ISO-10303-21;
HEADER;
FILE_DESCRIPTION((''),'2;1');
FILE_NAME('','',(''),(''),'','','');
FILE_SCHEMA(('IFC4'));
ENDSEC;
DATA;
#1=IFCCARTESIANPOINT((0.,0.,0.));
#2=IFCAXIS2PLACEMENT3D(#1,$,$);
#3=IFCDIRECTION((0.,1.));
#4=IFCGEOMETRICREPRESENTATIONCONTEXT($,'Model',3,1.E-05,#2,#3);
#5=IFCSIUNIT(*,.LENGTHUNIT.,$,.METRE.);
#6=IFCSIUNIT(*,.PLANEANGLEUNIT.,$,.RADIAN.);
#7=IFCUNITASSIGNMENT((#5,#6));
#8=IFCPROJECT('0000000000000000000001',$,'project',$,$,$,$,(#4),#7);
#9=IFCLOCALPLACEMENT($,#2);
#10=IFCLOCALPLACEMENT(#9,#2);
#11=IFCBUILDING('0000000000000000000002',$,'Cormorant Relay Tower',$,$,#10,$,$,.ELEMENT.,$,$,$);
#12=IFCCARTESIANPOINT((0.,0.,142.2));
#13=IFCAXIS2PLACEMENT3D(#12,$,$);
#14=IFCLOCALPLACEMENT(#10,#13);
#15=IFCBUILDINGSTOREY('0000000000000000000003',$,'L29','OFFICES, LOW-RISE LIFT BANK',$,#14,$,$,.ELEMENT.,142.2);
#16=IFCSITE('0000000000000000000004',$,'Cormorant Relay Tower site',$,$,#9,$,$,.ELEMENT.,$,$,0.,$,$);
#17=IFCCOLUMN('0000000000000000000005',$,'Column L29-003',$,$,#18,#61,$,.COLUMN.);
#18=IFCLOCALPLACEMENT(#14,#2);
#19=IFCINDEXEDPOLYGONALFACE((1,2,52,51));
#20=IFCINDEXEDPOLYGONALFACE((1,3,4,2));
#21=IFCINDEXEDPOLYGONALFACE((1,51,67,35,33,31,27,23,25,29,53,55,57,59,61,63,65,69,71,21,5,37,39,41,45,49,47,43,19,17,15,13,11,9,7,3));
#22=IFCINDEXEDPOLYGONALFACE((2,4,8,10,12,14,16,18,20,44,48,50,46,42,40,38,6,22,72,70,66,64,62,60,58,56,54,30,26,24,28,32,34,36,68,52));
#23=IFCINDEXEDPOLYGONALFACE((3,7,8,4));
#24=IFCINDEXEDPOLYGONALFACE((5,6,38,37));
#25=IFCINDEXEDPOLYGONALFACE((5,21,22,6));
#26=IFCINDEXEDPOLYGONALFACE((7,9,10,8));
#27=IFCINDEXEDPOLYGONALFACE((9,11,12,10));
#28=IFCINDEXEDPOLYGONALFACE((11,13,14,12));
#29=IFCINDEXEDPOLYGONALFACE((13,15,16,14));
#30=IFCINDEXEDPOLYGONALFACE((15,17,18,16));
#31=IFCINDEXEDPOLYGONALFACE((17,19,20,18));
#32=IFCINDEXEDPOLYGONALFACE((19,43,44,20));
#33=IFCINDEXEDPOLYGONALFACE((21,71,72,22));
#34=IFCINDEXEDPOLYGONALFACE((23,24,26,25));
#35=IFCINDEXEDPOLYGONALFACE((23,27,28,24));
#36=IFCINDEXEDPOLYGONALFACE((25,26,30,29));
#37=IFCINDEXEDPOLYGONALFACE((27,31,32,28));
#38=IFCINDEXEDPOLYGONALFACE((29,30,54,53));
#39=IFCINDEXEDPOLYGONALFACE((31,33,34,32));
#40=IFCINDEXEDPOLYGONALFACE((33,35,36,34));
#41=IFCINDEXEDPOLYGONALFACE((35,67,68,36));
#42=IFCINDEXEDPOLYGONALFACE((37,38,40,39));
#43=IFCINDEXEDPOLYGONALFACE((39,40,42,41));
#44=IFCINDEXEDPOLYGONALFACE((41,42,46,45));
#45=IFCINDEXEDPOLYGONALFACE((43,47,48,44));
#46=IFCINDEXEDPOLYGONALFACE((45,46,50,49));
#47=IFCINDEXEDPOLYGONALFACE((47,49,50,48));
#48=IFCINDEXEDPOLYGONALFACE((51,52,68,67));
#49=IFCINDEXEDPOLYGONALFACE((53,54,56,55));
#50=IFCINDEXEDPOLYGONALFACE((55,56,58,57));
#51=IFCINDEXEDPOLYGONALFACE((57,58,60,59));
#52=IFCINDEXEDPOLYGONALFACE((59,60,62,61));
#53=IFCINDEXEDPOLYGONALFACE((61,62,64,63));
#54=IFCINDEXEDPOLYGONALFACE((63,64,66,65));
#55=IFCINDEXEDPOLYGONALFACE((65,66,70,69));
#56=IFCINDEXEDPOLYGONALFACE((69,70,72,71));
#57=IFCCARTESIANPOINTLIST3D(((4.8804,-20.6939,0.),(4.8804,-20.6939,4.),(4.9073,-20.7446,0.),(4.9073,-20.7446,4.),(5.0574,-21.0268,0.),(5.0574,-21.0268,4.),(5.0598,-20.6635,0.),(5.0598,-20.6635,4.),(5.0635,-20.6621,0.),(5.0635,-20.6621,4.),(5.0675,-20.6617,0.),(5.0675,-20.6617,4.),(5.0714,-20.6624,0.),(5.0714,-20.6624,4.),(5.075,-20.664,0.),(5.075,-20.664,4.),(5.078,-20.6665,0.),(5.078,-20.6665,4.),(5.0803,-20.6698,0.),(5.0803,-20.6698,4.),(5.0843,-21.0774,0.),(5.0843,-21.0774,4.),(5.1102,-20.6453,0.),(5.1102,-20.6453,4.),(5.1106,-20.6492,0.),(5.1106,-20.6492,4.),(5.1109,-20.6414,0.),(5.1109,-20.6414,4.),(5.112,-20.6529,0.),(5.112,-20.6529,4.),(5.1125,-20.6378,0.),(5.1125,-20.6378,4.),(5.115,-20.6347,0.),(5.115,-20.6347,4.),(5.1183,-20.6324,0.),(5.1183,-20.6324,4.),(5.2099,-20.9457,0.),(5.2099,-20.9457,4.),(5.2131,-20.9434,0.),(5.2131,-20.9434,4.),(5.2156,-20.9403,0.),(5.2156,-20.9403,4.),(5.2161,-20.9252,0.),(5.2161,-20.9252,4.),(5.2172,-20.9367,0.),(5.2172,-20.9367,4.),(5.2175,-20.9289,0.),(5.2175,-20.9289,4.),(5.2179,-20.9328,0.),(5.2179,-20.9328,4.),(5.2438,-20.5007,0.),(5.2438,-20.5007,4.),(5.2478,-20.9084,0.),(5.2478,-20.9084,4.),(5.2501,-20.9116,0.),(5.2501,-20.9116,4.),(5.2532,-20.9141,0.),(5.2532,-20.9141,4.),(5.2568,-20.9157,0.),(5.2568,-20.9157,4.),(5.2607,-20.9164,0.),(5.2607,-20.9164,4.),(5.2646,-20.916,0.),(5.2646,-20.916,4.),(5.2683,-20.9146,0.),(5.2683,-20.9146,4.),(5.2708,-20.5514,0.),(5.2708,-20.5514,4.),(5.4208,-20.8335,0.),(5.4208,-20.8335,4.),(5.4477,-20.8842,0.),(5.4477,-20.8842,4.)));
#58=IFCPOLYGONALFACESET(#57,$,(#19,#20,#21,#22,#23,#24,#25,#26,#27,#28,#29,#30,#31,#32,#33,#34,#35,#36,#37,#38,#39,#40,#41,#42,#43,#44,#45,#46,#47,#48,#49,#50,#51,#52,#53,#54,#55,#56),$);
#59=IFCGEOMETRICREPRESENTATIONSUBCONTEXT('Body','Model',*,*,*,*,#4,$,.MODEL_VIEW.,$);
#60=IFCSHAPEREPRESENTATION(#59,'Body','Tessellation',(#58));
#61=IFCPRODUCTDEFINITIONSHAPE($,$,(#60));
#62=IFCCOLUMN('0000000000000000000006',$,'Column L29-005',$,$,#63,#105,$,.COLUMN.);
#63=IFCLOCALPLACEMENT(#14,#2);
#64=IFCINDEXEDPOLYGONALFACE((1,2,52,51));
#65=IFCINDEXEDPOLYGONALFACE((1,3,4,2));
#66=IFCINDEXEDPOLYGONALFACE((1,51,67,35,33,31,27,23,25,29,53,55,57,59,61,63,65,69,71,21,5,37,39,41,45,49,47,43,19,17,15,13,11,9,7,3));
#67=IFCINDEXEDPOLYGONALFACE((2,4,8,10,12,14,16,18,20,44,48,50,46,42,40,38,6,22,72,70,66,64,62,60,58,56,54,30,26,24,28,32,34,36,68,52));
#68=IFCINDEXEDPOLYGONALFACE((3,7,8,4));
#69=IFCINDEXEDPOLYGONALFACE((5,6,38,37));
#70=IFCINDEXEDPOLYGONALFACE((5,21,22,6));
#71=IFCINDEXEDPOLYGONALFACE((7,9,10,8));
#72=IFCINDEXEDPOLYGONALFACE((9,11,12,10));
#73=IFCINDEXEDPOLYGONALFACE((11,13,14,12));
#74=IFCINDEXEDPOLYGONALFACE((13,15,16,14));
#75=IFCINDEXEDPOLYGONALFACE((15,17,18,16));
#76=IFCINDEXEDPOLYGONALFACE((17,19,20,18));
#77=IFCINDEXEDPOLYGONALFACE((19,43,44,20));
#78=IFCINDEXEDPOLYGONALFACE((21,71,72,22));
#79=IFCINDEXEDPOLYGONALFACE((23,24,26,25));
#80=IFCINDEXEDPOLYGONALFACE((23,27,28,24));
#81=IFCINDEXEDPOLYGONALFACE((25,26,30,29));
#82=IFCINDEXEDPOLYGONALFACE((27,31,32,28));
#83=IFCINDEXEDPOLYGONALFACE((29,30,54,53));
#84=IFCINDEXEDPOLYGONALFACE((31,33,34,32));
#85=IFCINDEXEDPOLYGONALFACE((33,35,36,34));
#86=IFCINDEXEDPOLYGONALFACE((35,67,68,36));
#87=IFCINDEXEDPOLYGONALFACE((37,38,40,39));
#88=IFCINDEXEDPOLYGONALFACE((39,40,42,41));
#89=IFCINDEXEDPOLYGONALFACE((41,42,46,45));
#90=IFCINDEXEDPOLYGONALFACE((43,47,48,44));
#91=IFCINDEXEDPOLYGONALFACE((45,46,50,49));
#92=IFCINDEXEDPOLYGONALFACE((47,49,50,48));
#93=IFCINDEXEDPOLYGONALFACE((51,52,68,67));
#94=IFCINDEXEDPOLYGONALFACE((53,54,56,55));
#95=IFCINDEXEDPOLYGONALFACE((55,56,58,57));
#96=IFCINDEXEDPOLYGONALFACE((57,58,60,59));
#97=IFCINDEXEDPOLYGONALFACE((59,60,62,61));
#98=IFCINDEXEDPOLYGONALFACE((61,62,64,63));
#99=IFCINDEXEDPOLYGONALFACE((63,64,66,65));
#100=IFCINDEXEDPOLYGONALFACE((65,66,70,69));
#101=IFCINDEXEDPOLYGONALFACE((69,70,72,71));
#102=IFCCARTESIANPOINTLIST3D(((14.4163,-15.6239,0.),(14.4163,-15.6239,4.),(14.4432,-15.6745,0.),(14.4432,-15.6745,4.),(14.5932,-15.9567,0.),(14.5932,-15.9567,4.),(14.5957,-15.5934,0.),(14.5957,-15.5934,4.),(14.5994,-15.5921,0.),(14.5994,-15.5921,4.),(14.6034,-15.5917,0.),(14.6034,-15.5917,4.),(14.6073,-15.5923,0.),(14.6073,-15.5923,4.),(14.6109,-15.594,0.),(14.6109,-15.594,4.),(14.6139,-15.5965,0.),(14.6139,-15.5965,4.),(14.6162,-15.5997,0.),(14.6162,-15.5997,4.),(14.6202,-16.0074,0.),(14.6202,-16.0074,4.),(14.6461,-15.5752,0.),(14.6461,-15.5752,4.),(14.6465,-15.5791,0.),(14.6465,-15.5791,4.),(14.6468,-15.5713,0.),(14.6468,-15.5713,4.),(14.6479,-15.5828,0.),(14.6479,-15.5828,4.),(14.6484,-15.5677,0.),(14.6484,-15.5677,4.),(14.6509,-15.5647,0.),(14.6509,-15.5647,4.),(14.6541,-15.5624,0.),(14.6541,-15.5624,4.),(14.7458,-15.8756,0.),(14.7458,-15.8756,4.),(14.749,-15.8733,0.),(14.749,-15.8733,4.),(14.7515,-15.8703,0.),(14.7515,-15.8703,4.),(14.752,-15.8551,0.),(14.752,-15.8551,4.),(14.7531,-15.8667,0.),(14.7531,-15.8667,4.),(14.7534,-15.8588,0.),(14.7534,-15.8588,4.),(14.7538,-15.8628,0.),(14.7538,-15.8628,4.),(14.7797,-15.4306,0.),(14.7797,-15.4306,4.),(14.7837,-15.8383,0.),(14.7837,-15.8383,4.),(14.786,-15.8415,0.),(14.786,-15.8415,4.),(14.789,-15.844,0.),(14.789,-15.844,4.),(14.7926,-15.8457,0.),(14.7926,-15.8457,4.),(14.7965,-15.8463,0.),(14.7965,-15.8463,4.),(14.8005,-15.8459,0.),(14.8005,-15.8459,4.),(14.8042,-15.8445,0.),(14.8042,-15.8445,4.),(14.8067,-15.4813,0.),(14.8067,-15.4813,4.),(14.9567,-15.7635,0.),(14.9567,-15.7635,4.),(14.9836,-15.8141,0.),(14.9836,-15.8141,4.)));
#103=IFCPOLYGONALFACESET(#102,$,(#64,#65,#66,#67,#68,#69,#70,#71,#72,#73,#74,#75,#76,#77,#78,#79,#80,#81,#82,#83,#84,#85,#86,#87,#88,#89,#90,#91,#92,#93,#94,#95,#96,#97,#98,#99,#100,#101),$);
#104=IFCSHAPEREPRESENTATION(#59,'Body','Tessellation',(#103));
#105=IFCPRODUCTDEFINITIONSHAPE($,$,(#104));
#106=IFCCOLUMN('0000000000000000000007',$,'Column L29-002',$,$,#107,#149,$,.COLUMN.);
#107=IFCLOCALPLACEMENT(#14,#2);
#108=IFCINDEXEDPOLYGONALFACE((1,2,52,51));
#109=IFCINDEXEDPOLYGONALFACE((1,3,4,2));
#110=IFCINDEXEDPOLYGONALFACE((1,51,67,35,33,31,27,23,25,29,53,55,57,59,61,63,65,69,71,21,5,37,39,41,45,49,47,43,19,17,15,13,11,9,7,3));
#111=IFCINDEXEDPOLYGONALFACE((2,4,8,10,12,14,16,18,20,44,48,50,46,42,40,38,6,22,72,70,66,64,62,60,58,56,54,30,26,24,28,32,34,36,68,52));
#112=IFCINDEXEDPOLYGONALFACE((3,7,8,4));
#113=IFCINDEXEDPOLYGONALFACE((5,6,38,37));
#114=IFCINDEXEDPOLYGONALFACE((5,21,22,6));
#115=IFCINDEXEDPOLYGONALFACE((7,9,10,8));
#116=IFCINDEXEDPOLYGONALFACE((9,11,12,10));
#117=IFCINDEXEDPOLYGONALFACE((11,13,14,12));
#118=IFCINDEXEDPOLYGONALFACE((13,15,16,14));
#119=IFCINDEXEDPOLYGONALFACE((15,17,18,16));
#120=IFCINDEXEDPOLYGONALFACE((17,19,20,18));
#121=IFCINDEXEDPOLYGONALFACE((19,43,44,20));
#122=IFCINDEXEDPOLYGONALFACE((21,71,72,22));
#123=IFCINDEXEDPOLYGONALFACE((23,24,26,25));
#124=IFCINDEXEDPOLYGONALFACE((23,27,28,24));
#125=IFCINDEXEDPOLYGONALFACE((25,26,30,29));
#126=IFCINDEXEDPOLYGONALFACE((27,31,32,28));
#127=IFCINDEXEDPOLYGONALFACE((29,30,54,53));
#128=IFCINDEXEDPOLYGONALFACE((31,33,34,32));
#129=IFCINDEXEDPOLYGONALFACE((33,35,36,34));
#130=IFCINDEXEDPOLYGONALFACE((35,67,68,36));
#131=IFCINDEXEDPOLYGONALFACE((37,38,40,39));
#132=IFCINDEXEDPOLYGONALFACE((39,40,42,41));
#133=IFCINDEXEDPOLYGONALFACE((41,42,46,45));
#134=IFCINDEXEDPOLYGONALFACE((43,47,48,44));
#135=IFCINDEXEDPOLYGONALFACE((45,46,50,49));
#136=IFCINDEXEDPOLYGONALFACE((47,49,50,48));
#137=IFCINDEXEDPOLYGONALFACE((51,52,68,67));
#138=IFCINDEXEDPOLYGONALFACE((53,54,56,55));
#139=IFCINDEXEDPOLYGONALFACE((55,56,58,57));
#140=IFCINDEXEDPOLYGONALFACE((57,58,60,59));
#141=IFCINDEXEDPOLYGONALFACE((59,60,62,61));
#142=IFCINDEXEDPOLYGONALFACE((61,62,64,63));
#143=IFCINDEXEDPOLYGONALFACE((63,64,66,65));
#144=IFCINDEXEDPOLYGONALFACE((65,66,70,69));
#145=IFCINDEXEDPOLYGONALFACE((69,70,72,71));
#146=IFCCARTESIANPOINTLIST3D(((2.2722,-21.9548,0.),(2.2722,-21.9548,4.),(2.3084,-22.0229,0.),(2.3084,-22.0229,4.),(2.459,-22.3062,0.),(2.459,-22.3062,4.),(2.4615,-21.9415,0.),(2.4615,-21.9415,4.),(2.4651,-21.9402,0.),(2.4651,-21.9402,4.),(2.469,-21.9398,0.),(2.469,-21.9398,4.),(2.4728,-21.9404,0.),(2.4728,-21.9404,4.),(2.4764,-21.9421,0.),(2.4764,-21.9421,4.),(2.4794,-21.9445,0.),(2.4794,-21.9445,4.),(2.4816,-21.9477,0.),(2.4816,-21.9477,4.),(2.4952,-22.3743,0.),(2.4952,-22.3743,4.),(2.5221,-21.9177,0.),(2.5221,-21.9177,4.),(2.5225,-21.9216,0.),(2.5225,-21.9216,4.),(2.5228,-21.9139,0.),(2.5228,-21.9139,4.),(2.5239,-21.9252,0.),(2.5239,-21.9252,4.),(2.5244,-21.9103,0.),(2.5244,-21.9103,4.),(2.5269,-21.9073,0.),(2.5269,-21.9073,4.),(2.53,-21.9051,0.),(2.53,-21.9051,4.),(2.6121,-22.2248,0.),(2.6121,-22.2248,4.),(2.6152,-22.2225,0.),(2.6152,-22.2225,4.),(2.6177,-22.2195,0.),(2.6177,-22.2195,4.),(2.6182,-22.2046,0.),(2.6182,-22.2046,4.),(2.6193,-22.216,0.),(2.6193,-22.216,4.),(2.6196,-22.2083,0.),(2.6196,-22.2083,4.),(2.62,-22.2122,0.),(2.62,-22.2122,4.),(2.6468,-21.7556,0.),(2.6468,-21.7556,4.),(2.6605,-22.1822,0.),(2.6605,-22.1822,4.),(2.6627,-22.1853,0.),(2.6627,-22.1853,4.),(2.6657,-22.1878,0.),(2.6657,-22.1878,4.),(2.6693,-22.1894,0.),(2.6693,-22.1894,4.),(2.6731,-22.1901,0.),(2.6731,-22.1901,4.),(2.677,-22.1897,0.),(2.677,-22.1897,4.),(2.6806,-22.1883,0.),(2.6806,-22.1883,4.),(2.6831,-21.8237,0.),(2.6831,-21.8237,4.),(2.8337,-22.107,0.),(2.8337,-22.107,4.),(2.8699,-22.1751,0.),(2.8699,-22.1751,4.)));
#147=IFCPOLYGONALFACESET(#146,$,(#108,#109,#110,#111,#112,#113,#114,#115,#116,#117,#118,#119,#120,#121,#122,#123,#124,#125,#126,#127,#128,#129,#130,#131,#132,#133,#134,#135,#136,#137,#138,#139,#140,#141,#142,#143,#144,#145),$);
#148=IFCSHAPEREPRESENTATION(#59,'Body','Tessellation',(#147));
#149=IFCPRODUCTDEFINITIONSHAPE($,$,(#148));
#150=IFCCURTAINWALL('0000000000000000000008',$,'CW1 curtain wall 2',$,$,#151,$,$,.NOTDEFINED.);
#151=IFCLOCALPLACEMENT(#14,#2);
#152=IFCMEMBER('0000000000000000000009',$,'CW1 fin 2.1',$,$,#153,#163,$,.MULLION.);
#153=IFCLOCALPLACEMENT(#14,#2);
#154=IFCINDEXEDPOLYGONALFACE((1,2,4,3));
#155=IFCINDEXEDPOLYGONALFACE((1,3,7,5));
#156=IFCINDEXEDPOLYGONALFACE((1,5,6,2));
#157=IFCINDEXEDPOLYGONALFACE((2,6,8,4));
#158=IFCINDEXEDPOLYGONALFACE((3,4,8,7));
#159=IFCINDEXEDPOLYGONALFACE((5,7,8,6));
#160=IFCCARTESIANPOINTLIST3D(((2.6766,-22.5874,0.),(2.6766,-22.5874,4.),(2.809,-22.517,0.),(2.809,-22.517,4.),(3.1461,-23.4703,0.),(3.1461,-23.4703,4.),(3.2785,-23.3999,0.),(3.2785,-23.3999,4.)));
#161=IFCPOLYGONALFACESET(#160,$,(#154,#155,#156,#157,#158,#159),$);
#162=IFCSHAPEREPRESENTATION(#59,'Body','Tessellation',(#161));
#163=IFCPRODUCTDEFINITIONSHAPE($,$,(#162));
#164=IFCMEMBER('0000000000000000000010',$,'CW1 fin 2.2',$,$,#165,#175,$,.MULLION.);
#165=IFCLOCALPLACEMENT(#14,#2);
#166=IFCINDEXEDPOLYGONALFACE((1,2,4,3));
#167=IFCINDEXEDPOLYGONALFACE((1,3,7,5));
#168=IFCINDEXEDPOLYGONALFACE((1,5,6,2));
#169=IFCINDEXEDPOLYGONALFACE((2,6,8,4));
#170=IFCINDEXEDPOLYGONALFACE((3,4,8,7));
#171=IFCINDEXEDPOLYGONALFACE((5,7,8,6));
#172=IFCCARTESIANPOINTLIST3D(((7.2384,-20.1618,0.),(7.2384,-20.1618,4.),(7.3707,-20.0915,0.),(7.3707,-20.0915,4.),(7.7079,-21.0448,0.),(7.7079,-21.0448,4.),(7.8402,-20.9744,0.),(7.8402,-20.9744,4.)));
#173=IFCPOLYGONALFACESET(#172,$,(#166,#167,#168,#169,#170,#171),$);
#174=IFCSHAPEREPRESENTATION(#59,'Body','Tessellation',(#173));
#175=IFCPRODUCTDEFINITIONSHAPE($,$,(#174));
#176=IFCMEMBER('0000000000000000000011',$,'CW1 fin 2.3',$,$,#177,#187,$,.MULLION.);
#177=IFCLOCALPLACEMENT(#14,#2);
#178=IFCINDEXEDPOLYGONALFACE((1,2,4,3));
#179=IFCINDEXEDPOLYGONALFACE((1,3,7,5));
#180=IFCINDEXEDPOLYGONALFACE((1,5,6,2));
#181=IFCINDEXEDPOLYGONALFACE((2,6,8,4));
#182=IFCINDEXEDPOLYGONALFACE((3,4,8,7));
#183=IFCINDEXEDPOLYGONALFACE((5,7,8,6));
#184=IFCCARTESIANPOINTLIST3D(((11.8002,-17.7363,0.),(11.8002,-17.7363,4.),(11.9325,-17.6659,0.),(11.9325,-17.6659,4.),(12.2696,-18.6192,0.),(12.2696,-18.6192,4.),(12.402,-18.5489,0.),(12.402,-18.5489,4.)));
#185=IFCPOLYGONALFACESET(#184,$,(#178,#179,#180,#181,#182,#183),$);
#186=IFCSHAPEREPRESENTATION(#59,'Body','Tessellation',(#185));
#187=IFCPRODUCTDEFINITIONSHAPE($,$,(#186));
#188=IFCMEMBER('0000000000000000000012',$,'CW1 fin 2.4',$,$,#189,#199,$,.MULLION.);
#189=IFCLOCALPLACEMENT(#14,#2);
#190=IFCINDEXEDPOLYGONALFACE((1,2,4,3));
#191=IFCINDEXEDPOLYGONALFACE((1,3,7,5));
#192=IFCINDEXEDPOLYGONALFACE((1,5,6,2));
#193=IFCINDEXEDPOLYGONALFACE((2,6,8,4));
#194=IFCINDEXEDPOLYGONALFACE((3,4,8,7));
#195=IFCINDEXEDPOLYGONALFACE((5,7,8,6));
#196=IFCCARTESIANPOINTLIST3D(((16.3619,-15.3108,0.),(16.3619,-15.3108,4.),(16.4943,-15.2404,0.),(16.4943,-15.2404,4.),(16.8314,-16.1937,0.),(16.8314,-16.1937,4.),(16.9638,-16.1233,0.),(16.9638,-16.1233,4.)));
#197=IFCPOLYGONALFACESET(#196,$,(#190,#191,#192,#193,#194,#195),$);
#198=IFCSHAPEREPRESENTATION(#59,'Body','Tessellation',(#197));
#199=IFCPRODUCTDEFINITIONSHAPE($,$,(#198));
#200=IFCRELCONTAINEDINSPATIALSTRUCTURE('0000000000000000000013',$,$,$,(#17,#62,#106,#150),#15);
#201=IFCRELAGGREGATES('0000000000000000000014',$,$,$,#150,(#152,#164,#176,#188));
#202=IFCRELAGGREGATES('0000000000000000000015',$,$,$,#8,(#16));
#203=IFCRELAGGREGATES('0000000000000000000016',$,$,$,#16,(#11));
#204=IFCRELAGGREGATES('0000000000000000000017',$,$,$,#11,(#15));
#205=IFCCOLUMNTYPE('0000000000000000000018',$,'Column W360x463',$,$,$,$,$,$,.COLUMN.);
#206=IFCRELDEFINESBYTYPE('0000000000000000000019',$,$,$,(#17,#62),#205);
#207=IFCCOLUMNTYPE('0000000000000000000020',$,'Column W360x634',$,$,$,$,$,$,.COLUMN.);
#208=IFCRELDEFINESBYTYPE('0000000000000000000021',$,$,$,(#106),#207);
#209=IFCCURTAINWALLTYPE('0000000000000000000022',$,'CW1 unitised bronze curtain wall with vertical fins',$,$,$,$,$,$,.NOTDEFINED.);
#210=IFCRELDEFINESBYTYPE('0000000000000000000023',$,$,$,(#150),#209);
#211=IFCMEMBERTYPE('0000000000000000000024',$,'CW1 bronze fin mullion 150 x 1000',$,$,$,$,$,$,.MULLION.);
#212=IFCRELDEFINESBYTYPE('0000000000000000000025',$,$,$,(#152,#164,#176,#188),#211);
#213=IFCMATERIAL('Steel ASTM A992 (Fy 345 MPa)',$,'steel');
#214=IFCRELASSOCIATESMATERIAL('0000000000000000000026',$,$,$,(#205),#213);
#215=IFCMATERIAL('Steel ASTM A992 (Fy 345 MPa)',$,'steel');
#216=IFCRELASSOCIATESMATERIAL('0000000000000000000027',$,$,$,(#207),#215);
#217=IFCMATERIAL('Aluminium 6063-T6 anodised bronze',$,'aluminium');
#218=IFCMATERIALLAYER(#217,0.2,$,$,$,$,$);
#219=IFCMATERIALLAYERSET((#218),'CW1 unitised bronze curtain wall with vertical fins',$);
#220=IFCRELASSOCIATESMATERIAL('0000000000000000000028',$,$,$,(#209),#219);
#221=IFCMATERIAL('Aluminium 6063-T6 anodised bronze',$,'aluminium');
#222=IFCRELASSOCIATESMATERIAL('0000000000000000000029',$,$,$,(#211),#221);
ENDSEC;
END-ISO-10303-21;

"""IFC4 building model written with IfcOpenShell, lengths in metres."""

from ifc_helpers import new_model, si_unit, direction, frame, origin, origin_2d, place, context, subcontext, project, spatial, rectangle, i_section, extrude, material, layer, layer_set, material_profile, profile_set, type_object, element, aggregate, save


model = new_model("IFC4")

# Units and contexts
model_context = context("Model", 3, precision=1e-05, world=origin(), true_north=direction((0.0, 1.0)))
body_context = subcontext(model_context, "Body", "Model", "MODEL_VIEW")
ifc_project = project(units=[si_unit("LENGTHUNIT", "METRE"), si_unit("PLANEANGLEUNIT", "RADIAN")], contexts=[model_context])

# Site, building, storey
site_placement = place(None, origin())
site = spatial("IfcSite", under=ifc_project, at=site_placement, Name="Cormorant Relay Tower site", CompositionType="ELEMENT", RefElevation=0.0)
building_placement = place(site_placement, origin())
building = spatial("IfcBuilding", under=site, at=building_placement, Name="Cormorant Relay Tower", CompositionType="ELEMENT")
storey_placement = place(building_placement, frame((0.0, 0.0, 142.2)))
storey = spatial("IfcBuildingStorey", under=building, at=storey_placement, Name="L29", Description="OFFICES, LOW-RISE LIFT BANK", CompositionType="ELEMENT", Elevation=142.2)

# Columns
ifc_material_1 = material(Name="Steel ASTM A992 (Fy 345 MPa)", Category="steel")
ifc_material_profile_1 = material_profile(ifc_material_1, i_section(OverallWidth=0.4116, OverallDepth=0.4343, WebThickness=0.0359, FlangeThickness=0.0574, FilletRadius=0.0151, at=origin_2d()), Name="W360x463")
ifc_profile_set_1 = profile_set([ifc_material_profile_1], Name="Steel ASTM A992 (Fy 345 MPa)")
column_type_1 = type_object("IfcColumnType", Name="Column W360x463", PredefinedType="COLUMN", material=ifc_profile_set_1)
for number, where, z_axis, x_axis, name in (
    (1, (5.1641, -20.7891, 0.0), (0.0, 0.0, 1.0), (0.882948, 0.469472, 0.0), "Column L29-003"),
    (2, (14.7, -15.719, 0.0), (0.0, 0.0, 1.0), (0.882948, 0.469472, 0.0), "Column L29-005"),
):
    element("IfcColumn", number, at=place(storey_placement, frame(where, z_axis=z_axis, x_axis=x_axis)), inside=storey, type_object=column_type_1, Name=name, PredefinedType="COLUMN", context=body_context, shape_type="SweptSolid", body=[
        extrude(i_section(OverallWidth=0.4116, OverallDepth=0.4343, WebThickness=0.0359, FlangeThickness=0.0574, FilletRadius=0.0151, at=origin_2d()), origin(), (0.0, 0.0, 1.0), 4.0),
    ])
ifc_material_2 = material(Name="Steel ASTM A992 (Fy 345 MPa)", Category="steel")
ifc_material_profile_2 = material_profile(ifc_material_2, i_section(OverallWidth=0.4243, OverallDepth=0.4751, WebThickness=0.0479, FlangeThickness=0.0771, FilletRadius=0.0149, at=origin_2d()), Name="W360x634")
ifc_profile_set_2 = profile_set([ifc_material_profile_2], Name="Steel ASTM A992 (Fy 345 MPa)")
column_type_2 = type_object("IfcColumnType", Name="Column W360x634", PredefinedType="COLUMN", material=ifc_profile_set_2)
column_placement = place(storey_placement, frame((2.571, -22.0649, 0.0), z_axis=(0.0, 0.0, 1.0), x_axis=(0.882948, 0.469472, 0.0)))
element("IfcColumn", 3, at=column_placement, inside=storey, type_object=column_type_2, Name="Column L29-002", PredefinedType="COLUMN", context=body_context, shape_type="SweptSolid", body=[
    extrude(i_section(OverallWidth=0.4243, OverallDepth=0.4751, WebThickness=0.0479, FlangeThickness=0.0771, FilletRadius=0.0149, at=origin_2d()), origin(), (0.0, 0.0, 1.0), 4.0),
])

# Curtain wall, members
ifc_material_3 = material(Name="Aluminium 6063-T6 anodised bronze", Category="aluminium")
ifc_layer_1 = layer(ifc_material_3, 0.2)
ifc_layer_set_1 = layer_set([ifc_layer_1], Name="CW1 unitised bronze curtain wall with vertical fins")
curtain_wall_type = type_object("IfcCurtainWallType", Name="CW1 unitised bronze curtain wall with vertical fins", PredefinedType="NOTDEFINED", material=ifc_layer_set_1)
curtain_wall_1_placement = place(storey_placement, origin())
curtain_wall_1 = element("IfcCurtainWall", 4, at=curtain_wall_1_placement, inside=storey, type_object=curtain_wall_type, Name="CW1 curtain wall 2", PredefinedType="NOTDEFINED")
ifc_material_4 = material(Name="Aluminium 6063-T6 anodised bronze", Category="aluminium")
ifc_material_profile_3 = material_profile(ifc_material_4, rectangle(XDim=0.1499, YDim=1.0, at=origin_2d()), Name="AL 150x1000")
ifc_profile_set_3 = profile_set([ifc_material_profile_3], Name="Aluminium 6063-T6 anodised bronze")
member_type_1 = type_object("IfcMemberType", Name="CW1 bronze fin mullion 150 x 1000", PredefinedType="MULLION", material=ifc_profile_set_3)
member_1_placement = place(storey_placement, frame((2.9775, -22.9937, 0.0), z_axis=(0.0, 0.0, 1.0), x_axis=(0.882948, 0.469472, 0.0)))
member_1 = element("IfcMember", 5, at=member_1_placement, type_object=member_type_1, Name="CW1 fin 2.1", PredefinedType="MULLION", context=body_context, shape_type="SweptSolid", body=[
    extrude(rectangle(XDim=0.1499, YDim=1.0, at=origin_2d()), origin(), (0.0, 0.0, 1.0), 4.0),
])
member_2_placement = place(storey_placement, frame((7.5393, -20.5681, 0.0), z_axis=(0.0, 0.0, 1.0), x_axis=(0.882948, 0.469472, 0.0)))
member_2 = element("IfcMember", 6, at=member_2_placement, type_object=member_type_1, Name="CW1 fin 2.2", PredefinedType="MULLION", context=body_context, shape_type="SweptSolid", body=[
    extrude(rectangle(XDim=0.1499, YDim=1.0, at=origin_2d()), origin(), (0.0, 0.0, 1.0), 4.0),
])
member_3_placement = place(storey_placement, frame((12.1011, -18.1426, 0.0), z_axis=(0.0, 0.0, 1.0), x_axis=(0.882948, 0.469472, 0.0)))
member_3 = element("IfcMember", 7, at=member_3_placement, type_object=member_type_1, Name="CW1 fin 2.3", PredefinedType="MULLION", context=body_context, shape_type="SweptSolid", body=[
    extrude(rectangle(XDim=0.1499, YDim=1.0, at=origin_2d()), origin(), (0.0, 0.0, 1.0), 4.0),
])
member_4_placement = place(storey_placement, frame((16.6628, -15.717, 0.0), z_axis=(0.0, 0.0, 1.0), x_axis=(0.882948, 0.469472, 0.0)))
member_4 = element("IfcMember", 8, at=member_4_placement, type_object=member_type_1, Name="CW1 fin 2.4", PredefinedType="MULLION", context=body_context, shape_type="SweptSolid", body=[
    extrude(rectangle(XDim=0.1499, YDim=1.0, at=origin_2d()), origin(), (0.0, 0.0, 1.0), 4.0),
])

aggregate(curtain_wall_1, [member_1, member_2, member_3, member_4])

save(model, "model.ifc")
